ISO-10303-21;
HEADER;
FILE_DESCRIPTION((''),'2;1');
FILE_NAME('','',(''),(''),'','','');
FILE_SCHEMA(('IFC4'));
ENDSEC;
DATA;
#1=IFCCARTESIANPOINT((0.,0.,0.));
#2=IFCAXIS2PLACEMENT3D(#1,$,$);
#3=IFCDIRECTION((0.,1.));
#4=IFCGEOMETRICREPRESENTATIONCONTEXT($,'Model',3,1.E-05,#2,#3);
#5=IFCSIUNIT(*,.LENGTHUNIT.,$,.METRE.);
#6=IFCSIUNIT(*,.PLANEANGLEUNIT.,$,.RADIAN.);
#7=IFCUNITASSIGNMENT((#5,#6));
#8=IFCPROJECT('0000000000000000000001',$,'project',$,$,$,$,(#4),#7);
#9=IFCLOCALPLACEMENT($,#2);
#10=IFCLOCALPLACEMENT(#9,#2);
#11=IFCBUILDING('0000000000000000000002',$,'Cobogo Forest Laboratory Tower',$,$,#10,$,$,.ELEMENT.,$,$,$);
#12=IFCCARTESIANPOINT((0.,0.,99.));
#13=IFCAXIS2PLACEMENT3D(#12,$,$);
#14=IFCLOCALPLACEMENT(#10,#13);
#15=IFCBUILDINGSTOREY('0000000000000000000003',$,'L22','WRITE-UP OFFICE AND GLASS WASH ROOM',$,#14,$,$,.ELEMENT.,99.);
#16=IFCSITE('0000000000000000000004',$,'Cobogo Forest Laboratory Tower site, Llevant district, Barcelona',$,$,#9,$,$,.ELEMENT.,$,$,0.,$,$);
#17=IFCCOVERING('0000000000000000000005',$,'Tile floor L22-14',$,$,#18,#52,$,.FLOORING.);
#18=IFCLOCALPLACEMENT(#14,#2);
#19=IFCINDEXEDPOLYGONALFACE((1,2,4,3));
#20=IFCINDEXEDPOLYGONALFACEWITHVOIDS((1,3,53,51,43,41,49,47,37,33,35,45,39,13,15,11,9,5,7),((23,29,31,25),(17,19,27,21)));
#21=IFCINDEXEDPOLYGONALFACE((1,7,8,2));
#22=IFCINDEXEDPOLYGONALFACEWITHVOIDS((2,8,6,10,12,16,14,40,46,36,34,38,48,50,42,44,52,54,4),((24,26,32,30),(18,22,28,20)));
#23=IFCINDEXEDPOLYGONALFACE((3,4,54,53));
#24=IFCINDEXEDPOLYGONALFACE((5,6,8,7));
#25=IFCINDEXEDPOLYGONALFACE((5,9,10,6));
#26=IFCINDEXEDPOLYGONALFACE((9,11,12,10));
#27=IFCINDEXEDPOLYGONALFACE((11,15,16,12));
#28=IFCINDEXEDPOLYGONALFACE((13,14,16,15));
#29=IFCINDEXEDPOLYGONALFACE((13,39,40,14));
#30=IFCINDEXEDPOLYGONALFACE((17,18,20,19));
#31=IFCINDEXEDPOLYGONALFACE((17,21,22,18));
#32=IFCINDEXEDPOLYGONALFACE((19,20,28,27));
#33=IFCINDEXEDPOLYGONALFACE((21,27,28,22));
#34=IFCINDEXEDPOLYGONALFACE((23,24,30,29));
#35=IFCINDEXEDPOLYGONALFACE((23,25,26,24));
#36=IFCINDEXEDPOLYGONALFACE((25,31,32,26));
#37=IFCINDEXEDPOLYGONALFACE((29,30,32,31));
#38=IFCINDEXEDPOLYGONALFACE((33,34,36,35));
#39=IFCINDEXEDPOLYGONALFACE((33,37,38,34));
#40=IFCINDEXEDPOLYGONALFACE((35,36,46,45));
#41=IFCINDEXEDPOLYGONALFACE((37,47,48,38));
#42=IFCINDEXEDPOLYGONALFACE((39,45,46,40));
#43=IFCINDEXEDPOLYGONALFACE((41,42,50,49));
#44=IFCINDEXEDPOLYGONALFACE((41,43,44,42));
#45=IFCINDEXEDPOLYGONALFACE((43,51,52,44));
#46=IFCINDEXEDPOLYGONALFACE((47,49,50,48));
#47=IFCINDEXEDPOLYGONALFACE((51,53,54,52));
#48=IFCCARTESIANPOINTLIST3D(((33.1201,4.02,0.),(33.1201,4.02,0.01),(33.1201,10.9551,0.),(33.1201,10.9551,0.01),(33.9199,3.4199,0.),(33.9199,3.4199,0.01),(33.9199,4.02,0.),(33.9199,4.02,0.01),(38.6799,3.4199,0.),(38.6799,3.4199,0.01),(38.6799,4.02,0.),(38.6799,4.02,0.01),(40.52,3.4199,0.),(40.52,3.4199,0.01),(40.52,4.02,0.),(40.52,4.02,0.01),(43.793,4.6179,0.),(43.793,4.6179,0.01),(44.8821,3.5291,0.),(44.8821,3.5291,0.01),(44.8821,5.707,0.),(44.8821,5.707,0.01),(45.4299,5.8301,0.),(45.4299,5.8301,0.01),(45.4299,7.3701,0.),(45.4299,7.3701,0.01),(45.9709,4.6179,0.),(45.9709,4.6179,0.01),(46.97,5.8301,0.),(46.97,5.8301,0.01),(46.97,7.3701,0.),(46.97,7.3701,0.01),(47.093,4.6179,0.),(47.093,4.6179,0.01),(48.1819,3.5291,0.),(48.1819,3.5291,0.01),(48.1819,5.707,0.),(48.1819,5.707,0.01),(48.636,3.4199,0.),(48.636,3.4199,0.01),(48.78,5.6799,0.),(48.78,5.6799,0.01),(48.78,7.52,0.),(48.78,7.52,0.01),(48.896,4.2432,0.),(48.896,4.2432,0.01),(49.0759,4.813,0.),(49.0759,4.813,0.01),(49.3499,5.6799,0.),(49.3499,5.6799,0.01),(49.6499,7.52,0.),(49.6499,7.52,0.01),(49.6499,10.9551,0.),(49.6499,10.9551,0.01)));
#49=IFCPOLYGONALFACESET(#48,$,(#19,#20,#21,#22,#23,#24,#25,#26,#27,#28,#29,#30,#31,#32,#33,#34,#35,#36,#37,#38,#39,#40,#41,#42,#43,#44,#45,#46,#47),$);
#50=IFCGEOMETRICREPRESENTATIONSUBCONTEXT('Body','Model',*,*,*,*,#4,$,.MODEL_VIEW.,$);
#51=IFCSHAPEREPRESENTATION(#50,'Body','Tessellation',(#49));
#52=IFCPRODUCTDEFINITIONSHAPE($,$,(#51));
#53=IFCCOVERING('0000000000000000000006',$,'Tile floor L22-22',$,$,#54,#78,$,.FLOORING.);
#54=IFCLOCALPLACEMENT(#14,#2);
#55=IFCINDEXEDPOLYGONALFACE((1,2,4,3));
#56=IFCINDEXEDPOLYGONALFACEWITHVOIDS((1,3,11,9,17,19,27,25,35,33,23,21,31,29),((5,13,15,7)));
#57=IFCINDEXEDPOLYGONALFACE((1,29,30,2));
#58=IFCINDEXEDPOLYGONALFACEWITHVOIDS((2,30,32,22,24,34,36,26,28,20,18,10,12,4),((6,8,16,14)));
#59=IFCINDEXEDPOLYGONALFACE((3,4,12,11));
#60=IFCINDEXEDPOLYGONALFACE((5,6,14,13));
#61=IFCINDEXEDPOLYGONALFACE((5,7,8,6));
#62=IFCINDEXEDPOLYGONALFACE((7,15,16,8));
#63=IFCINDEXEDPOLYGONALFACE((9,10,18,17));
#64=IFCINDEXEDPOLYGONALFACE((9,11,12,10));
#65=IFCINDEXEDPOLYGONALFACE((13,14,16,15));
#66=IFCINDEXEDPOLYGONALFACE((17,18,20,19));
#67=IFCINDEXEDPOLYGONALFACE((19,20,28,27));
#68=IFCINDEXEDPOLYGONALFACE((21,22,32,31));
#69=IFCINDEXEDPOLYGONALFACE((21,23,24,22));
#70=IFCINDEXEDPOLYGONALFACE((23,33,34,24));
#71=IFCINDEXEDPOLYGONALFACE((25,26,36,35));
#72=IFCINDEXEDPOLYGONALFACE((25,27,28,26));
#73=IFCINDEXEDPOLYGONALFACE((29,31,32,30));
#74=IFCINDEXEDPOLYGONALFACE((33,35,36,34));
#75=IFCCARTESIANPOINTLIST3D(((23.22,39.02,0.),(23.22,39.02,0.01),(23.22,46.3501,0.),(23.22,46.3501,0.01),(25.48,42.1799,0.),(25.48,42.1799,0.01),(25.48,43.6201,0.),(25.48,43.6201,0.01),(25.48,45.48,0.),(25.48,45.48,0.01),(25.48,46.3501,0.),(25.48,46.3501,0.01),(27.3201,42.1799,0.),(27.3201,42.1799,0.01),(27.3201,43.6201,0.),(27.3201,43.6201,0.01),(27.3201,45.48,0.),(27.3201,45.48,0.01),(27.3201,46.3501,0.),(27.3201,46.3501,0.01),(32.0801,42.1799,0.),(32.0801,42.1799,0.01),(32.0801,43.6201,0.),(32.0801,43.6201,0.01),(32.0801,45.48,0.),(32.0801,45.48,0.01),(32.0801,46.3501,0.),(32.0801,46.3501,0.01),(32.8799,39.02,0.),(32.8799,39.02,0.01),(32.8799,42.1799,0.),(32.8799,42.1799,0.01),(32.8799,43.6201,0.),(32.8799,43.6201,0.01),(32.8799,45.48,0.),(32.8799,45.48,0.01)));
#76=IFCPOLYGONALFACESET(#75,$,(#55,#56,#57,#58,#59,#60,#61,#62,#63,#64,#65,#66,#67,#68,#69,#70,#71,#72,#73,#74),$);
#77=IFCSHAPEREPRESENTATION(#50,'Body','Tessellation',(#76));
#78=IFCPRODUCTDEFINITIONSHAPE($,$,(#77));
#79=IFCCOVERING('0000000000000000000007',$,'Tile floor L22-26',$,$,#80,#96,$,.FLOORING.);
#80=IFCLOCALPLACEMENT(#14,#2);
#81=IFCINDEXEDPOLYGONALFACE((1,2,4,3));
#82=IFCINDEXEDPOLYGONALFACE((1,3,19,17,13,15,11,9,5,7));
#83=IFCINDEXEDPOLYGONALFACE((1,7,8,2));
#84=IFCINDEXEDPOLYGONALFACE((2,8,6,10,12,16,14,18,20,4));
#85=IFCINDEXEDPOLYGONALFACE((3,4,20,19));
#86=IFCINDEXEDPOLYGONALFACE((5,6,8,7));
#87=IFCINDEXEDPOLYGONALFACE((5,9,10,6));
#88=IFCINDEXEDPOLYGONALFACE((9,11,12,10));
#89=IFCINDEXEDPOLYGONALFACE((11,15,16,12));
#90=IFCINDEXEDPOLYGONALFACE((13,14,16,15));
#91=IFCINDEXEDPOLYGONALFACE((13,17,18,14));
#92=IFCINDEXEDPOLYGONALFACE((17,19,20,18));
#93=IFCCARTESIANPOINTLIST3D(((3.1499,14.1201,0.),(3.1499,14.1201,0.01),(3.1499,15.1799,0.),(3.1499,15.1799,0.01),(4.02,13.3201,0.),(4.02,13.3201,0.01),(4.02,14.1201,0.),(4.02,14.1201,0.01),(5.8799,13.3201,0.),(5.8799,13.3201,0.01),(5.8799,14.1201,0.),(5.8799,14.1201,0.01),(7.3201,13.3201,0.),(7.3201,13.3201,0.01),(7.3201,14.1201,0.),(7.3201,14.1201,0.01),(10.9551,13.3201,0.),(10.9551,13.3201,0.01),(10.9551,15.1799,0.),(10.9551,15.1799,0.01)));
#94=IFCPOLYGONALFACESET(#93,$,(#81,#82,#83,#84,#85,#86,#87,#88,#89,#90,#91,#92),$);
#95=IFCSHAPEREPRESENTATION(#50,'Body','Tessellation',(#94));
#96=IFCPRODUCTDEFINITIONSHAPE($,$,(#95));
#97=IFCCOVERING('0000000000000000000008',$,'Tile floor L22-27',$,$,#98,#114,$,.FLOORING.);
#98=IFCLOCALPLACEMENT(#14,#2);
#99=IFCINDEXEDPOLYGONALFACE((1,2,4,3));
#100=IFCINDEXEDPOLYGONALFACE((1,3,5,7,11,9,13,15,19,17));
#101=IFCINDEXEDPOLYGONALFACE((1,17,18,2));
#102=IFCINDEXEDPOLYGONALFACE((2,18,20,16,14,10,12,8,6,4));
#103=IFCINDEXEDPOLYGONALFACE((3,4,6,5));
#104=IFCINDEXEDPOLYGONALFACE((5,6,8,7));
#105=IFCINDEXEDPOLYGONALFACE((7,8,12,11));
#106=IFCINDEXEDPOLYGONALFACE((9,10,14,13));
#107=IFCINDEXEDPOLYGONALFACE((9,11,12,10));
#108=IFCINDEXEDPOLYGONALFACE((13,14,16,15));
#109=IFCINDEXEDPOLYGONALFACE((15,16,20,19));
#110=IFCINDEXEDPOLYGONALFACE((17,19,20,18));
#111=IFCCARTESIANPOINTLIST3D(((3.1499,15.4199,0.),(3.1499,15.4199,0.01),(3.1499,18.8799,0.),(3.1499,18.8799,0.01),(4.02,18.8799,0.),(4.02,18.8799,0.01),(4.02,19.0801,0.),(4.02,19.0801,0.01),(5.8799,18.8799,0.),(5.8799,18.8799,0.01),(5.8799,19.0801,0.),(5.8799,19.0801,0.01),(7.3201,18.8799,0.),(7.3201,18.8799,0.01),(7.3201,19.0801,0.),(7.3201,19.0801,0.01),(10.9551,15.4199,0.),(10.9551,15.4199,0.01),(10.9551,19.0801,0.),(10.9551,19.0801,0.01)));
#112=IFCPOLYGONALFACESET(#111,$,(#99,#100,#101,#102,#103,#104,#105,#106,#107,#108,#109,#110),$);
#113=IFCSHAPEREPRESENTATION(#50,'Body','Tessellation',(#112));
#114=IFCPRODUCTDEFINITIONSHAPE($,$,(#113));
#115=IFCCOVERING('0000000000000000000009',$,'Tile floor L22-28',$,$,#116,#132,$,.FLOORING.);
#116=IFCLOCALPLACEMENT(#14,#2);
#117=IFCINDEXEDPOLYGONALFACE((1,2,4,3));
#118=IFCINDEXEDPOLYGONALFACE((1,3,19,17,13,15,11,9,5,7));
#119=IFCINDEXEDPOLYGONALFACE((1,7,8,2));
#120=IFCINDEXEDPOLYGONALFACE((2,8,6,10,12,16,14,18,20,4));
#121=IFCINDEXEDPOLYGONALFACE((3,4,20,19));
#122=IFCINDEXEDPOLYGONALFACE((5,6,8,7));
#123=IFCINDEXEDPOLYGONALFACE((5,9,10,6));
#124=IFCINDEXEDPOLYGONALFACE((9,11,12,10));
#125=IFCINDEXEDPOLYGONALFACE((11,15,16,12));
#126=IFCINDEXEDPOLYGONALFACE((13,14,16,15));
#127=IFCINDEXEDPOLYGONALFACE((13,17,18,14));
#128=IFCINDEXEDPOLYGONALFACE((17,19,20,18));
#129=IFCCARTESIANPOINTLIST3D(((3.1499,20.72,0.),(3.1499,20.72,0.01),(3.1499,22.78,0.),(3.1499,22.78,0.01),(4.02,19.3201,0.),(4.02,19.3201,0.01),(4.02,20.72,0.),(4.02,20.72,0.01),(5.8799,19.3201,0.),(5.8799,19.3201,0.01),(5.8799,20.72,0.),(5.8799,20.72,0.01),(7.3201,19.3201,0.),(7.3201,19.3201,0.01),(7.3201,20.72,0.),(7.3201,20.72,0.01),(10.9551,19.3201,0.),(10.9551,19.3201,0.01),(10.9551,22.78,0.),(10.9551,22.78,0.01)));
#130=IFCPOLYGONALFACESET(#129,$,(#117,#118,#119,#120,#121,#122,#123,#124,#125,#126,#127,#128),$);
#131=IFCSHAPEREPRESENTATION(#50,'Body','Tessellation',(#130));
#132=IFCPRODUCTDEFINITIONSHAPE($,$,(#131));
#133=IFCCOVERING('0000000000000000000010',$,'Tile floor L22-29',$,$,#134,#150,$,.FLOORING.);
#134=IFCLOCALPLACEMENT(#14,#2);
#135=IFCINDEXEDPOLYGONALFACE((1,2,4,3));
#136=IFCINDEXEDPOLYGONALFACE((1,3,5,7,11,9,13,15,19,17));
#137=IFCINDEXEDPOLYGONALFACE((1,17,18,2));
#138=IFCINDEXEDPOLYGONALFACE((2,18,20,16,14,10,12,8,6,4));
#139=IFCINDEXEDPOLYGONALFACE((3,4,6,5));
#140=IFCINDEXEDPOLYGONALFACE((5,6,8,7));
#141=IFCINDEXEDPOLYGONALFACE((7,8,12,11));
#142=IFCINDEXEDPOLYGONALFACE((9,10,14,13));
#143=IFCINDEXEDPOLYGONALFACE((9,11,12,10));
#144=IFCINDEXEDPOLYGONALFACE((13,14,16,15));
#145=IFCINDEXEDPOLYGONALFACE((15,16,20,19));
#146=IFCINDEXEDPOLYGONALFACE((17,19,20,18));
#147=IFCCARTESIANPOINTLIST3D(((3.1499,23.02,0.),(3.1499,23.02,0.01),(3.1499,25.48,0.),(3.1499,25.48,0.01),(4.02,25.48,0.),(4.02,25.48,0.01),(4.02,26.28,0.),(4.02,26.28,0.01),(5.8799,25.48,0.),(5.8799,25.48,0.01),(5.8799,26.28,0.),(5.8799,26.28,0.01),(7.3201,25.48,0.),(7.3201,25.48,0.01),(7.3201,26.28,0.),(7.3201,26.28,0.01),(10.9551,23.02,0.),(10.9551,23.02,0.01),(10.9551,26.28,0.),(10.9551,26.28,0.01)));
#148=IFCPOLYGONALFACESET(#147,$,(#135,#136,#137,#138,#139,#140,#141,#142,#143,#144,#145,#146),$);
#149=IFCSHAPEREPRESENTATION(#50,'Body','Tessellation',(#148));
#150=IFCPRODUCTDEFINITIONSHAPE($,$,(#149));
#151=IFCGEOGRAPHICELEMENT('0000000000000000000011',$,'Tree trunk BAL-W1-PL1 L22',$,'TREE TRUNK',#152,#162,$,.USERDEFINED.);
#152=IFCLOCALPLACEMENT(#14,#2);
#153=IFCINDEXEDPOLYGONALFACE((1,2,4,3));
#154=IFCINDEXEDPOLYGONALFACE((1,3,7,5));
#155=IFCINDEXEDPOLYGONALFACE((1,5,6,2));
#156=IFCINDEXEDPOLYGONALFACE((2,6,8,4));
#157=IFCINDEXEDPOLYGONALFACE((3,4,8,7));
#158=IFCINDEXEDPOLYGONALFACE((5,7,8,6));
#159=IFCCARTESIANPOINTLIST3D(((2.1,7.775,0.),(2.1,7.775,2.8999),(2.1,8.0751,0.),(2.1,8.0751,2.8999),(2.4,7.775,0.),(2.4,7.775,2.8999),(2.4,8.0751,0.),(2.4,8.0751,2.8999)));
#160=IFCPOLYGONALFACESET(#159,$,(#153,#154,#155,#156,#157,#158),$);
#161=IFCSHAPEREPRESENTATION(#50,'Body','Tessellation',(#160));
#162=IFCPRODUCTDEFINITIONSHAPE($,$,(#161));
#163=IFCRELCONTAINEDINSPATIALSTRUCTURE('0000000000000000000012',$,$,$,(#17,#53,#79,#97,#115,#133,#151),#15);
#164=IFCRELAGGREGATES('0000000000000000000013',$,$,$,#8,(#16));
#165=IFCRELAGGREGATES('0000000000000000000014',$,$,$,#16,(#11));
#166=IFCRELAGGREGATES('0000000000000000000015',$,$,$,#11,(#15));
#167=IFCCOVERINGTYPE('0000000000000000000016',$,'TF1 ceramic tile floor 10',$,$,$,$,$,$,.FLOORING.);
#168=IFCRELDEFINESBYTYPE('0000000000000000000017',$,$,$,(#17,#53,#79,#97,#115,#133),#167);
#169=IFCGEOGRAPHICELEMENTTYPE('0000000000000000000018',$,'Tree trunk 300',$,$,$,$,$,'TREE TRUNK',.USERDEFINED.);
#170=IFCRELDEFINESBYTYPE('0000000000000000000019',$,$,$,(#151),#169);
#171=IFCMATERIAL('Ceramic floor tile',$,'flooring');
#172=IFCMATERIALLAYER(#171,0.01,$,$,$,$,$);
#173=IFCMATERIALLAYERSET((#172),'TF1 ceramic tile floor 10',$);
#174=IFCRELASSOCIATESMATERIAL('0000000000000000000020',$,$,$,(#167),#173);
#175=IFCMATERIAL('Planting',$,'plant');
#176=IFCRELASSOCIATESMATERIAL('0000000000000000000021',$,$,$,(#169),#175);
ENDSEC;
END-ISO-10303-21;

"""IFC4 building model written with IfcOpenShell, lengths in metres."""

from ifc_helpers import new_model, si_unit, direction, frame, origin, origin_2d, place, context, subcontext, project, spatial, polyline, rectangle, outline, extrude, material, layer, layer_set, type_object, element, save


model = new_model("IFC4")

# Units and contexts
model_context = context("Model", 3, precision=1e-05, world=origin(), true_north=direction((0.0, 1.0)))
body_context = subcontext(model_context, "Body", "Model", "MODEL_VIEW")
ifc_project = project(units=[si_unit("LENGTHUNIT", "METRE"), si_unit("PLANEANGLEUNIT", "RADIAN")], contexts=[model_context])

# Site, building, storey
site_placement = place(None, origin())
site = spatial("IfcSite", under=ifc_project, at=site_placement, Name="Cobogo Forest Laboratory Tower site, Llevant district, Barcelona", CompositionType="ELEMENT", RefElevation=0.0)
building_placement = place(site_placement, origin())
building = spatial("IfcBuilding", under=site, at=building_placement, Name="Cobogo Forest Laboratory Tower", CompositionType="ELEMENT")
storey_placement = place(building_placement, frame((0.0, 0.0, 99.0)))
storey = spatial("IfcBuildingStorey", under=building, at=storey_placement, Name="L22", Description="WRITE-UP OFFICE AND GLASS WASH ROOM", CompositionType="ELEMENT", Elevation=99.0)

# Coverings
ifc_material_1 = material(Name="Ceramic floor tile", Category="flooring")
ifc_layer_1 = layer(ifc_material_1, 0.01)
ifc_layer_set_1 = layer_set([ifc_layer_1], Name="TF1 ceramic tile floor 10")
covering_type_1 = type_object("IfcCoveringType", Name="TF1 ceramic tile floor 10", PredefinedType="FLOORING", material=ifc_layer_set_1)
covering_1_placement = place(storey_placement, origin())
element("IfcCovering", 1, at=covering_1_placement, inside=storey, type_object=covering_type_1, Name="Tile floor L22-14", PredefinedType="FLOORING", context=body_context, shape_type="SweptSolid", body=[
    extrude(outline(polyline([(33.1201, 10.9551), (49.6499, 10.9551), (49.6499, 7.52), (48.78, 7.52), (48.78, 5.6799), (49.3499, 5.6799), (49.0759, 4.813), (48.1819, 5.707), (47.093, 4.6179), (48.1819, 3.5291), (48.896, 4.2432), (48.636, 3.4199), (40.52, 3.4199), (40.52, 4.02), (38.6799, 4.02), (38.6799, 3.4199), (33.9199, 3.4199), (33.9199, 4.02), (33.1201, 4.02), (33.1201, 10.9551)]), holes=[polyline([(45.4299, 5.8301), (46.97, 5.8301), (46.97, 7.3701), (45.4299, 7.3701), (45.4299, 5.8301)]), polyline([(43.793, 4.6179), (44.8821, 3.5291), (45.9709, 4.6179), (44.8821, 5.707), (43.793, 4.6179)])]), origin(), (0.0, 0.0, 1.0), 0.01),
])
covering_2_placement = place(storey_placement, origin())
element("IfcCovering", 2, at=covering_2_placement, inside=storey, type_object=covering_type_1, Name="Tile floor L22-22", PredefinedType="FLOORING", context=body_context, shape_type="SweptSolid", body=[
    extrude(outline(polyline([(23.22, 39.02), (23.22, 46.3501), (25.48, 46.3501), (25.48, 45.48), (27.3201, 45.48), (27.3201, 46.3501), (32.0801, 46.3501), (32.0801, 45.48), (32.8799, 45.48), (32.8799, 43.6201), (32.0801, 43.6201), (32.0801, 42.1799), (32.8799, 42.1799), (32.8799, 39.02), (23.22, 39.02)]), holes=[polyline([(25.48, 43.6201), (25.48, 42.1799), (27.3201, 42.1799), (27.3201, 43.6201), (25.48, 43.6201)])]), origin(), (0.0, 0.0, 1.0), 0.01),
])
covering_3_placement = place(storey_placement, origin())
element("IfcCovering", 3, at=covering_3_placement, inside=storey, type_object=covering_type_1, Name="Tile floor L22-26", PredefinedType="FLOORING", context=body_context, shape_type="SweptSolid", body=[
    extrude(outline(polyline([(10.9551, 13.3201), (7.3201, 13.3201), (7.3201, 14.1201), (5.8799, 14.1201), (5.8799, 13.3201), (4.02, 13.3201), (4.02, 14.1201), (3.1499, 14.1201), (3.1499, 15.1799), (10.9551, 15.1799), (10.9551, 13.3201)])), origin(), (0.0, 0.0, 1.0), 0.01),
])
covering_4_placement = place(storey_placement, origin())
element("IfcCovering", 4, at=covering_4_placement, inside=storey, type_object=covering_type_1, Name="Tile floor L22-27", PredefinedType="FLOORING", context=body_context, shape_type="SweptSolid", body=[
    extrude(outline(polyline([(10.9551, 15.4199), (3.1499, 15.4199), (3.1499, 18.8799), (4.02, 18.8799), (4.02, 19.0801), (5.8799, 19.0801), (5.8799, 18.8799), (7.3201, 18.8799), (7.3201, 19.0801), (10.9551, 19.0801), (10.9551, 15.4199)])), origin(), (0.0, 0.0, 1.0), 0.01),
])
covering_5_placement = place(storey_placement, origin())
element("IfcCovering", 5, at=covering_5_placement, inside=storey, type_object=covering_type_1, Name="Tile floor L22-28", PredefinedType="FLOORING", context=body_context, shape_type="SweptSolid", body=[
    extrude(outline(polyline([(10.9551, 19.3201), (7.3201, 19.3201), (7.3201, 20.72), (5.8799, 20.72), (5.8799, 19.3201), (4.02, 19.3201), (4.02, 20.72), (3.1499, 20.72), (3.1499, 22.78), (10.9551, 22.78), (10.9551, 19.3201)])), origin(), (0.0, 0.0, 1.0), 0.01),
])
covering_6_placement = place(storey_placement, origin())
element("IfcCovering", 6, at=covering_6_placement, inside=storey, type_object=covering_type_1, Name="Tile floor L22-29", PredefinedType="FLOORING", context=body_context, shape_type="SweptSolid", body=[
    extrude(outline(polyline([(10.9551, 23.02), (3.1499, 23.02), (3.1499, 25.48), (4.02, 25.48), (4.02, 26.28), (5.8799, 26.28), (5.8799, 25.48), (7.3201, 25.48), (7.3201, 26.28), (10.9551, 26.28), (10.9551, 23.02)])), origin(), (0.0, 0.0, 1.0), 0.01),
])

# Geographic element
ifc_material_2 = material(Name="Planting", Category="plant")
geographic_element_type = type_object("IfcGeographicElementType", Name="Tree trunk 300", ElementType="TREE TRUNK", PredefinedType="USERDEFINED", material=ifc_material_2)
geographic_element_placement = place(storey_placement, frame((2.25, 7.925, 0.0), z_axis=(0.0, 0.0, 1.0), x_axis=(1.0, 0.0, 0.0)))
element("IfcGeographicElement", 7, at=geographic_element_placement, inside=storey, type_object=geographic_element_type, Name="Tree trunk BAL-W1-PL1 L22", ObjectType="TREE TRUNK", PredefinedType="USERDEFINED", context=body_context, shape_type="SweptSolid", body=[
    extrude(rectangle(XDim=0.3, YDim=0.3, at=origin_2d()), origin(), (0.0, 0.0, 1.0), 2.8999),
])

save(model, "model.ifc")
